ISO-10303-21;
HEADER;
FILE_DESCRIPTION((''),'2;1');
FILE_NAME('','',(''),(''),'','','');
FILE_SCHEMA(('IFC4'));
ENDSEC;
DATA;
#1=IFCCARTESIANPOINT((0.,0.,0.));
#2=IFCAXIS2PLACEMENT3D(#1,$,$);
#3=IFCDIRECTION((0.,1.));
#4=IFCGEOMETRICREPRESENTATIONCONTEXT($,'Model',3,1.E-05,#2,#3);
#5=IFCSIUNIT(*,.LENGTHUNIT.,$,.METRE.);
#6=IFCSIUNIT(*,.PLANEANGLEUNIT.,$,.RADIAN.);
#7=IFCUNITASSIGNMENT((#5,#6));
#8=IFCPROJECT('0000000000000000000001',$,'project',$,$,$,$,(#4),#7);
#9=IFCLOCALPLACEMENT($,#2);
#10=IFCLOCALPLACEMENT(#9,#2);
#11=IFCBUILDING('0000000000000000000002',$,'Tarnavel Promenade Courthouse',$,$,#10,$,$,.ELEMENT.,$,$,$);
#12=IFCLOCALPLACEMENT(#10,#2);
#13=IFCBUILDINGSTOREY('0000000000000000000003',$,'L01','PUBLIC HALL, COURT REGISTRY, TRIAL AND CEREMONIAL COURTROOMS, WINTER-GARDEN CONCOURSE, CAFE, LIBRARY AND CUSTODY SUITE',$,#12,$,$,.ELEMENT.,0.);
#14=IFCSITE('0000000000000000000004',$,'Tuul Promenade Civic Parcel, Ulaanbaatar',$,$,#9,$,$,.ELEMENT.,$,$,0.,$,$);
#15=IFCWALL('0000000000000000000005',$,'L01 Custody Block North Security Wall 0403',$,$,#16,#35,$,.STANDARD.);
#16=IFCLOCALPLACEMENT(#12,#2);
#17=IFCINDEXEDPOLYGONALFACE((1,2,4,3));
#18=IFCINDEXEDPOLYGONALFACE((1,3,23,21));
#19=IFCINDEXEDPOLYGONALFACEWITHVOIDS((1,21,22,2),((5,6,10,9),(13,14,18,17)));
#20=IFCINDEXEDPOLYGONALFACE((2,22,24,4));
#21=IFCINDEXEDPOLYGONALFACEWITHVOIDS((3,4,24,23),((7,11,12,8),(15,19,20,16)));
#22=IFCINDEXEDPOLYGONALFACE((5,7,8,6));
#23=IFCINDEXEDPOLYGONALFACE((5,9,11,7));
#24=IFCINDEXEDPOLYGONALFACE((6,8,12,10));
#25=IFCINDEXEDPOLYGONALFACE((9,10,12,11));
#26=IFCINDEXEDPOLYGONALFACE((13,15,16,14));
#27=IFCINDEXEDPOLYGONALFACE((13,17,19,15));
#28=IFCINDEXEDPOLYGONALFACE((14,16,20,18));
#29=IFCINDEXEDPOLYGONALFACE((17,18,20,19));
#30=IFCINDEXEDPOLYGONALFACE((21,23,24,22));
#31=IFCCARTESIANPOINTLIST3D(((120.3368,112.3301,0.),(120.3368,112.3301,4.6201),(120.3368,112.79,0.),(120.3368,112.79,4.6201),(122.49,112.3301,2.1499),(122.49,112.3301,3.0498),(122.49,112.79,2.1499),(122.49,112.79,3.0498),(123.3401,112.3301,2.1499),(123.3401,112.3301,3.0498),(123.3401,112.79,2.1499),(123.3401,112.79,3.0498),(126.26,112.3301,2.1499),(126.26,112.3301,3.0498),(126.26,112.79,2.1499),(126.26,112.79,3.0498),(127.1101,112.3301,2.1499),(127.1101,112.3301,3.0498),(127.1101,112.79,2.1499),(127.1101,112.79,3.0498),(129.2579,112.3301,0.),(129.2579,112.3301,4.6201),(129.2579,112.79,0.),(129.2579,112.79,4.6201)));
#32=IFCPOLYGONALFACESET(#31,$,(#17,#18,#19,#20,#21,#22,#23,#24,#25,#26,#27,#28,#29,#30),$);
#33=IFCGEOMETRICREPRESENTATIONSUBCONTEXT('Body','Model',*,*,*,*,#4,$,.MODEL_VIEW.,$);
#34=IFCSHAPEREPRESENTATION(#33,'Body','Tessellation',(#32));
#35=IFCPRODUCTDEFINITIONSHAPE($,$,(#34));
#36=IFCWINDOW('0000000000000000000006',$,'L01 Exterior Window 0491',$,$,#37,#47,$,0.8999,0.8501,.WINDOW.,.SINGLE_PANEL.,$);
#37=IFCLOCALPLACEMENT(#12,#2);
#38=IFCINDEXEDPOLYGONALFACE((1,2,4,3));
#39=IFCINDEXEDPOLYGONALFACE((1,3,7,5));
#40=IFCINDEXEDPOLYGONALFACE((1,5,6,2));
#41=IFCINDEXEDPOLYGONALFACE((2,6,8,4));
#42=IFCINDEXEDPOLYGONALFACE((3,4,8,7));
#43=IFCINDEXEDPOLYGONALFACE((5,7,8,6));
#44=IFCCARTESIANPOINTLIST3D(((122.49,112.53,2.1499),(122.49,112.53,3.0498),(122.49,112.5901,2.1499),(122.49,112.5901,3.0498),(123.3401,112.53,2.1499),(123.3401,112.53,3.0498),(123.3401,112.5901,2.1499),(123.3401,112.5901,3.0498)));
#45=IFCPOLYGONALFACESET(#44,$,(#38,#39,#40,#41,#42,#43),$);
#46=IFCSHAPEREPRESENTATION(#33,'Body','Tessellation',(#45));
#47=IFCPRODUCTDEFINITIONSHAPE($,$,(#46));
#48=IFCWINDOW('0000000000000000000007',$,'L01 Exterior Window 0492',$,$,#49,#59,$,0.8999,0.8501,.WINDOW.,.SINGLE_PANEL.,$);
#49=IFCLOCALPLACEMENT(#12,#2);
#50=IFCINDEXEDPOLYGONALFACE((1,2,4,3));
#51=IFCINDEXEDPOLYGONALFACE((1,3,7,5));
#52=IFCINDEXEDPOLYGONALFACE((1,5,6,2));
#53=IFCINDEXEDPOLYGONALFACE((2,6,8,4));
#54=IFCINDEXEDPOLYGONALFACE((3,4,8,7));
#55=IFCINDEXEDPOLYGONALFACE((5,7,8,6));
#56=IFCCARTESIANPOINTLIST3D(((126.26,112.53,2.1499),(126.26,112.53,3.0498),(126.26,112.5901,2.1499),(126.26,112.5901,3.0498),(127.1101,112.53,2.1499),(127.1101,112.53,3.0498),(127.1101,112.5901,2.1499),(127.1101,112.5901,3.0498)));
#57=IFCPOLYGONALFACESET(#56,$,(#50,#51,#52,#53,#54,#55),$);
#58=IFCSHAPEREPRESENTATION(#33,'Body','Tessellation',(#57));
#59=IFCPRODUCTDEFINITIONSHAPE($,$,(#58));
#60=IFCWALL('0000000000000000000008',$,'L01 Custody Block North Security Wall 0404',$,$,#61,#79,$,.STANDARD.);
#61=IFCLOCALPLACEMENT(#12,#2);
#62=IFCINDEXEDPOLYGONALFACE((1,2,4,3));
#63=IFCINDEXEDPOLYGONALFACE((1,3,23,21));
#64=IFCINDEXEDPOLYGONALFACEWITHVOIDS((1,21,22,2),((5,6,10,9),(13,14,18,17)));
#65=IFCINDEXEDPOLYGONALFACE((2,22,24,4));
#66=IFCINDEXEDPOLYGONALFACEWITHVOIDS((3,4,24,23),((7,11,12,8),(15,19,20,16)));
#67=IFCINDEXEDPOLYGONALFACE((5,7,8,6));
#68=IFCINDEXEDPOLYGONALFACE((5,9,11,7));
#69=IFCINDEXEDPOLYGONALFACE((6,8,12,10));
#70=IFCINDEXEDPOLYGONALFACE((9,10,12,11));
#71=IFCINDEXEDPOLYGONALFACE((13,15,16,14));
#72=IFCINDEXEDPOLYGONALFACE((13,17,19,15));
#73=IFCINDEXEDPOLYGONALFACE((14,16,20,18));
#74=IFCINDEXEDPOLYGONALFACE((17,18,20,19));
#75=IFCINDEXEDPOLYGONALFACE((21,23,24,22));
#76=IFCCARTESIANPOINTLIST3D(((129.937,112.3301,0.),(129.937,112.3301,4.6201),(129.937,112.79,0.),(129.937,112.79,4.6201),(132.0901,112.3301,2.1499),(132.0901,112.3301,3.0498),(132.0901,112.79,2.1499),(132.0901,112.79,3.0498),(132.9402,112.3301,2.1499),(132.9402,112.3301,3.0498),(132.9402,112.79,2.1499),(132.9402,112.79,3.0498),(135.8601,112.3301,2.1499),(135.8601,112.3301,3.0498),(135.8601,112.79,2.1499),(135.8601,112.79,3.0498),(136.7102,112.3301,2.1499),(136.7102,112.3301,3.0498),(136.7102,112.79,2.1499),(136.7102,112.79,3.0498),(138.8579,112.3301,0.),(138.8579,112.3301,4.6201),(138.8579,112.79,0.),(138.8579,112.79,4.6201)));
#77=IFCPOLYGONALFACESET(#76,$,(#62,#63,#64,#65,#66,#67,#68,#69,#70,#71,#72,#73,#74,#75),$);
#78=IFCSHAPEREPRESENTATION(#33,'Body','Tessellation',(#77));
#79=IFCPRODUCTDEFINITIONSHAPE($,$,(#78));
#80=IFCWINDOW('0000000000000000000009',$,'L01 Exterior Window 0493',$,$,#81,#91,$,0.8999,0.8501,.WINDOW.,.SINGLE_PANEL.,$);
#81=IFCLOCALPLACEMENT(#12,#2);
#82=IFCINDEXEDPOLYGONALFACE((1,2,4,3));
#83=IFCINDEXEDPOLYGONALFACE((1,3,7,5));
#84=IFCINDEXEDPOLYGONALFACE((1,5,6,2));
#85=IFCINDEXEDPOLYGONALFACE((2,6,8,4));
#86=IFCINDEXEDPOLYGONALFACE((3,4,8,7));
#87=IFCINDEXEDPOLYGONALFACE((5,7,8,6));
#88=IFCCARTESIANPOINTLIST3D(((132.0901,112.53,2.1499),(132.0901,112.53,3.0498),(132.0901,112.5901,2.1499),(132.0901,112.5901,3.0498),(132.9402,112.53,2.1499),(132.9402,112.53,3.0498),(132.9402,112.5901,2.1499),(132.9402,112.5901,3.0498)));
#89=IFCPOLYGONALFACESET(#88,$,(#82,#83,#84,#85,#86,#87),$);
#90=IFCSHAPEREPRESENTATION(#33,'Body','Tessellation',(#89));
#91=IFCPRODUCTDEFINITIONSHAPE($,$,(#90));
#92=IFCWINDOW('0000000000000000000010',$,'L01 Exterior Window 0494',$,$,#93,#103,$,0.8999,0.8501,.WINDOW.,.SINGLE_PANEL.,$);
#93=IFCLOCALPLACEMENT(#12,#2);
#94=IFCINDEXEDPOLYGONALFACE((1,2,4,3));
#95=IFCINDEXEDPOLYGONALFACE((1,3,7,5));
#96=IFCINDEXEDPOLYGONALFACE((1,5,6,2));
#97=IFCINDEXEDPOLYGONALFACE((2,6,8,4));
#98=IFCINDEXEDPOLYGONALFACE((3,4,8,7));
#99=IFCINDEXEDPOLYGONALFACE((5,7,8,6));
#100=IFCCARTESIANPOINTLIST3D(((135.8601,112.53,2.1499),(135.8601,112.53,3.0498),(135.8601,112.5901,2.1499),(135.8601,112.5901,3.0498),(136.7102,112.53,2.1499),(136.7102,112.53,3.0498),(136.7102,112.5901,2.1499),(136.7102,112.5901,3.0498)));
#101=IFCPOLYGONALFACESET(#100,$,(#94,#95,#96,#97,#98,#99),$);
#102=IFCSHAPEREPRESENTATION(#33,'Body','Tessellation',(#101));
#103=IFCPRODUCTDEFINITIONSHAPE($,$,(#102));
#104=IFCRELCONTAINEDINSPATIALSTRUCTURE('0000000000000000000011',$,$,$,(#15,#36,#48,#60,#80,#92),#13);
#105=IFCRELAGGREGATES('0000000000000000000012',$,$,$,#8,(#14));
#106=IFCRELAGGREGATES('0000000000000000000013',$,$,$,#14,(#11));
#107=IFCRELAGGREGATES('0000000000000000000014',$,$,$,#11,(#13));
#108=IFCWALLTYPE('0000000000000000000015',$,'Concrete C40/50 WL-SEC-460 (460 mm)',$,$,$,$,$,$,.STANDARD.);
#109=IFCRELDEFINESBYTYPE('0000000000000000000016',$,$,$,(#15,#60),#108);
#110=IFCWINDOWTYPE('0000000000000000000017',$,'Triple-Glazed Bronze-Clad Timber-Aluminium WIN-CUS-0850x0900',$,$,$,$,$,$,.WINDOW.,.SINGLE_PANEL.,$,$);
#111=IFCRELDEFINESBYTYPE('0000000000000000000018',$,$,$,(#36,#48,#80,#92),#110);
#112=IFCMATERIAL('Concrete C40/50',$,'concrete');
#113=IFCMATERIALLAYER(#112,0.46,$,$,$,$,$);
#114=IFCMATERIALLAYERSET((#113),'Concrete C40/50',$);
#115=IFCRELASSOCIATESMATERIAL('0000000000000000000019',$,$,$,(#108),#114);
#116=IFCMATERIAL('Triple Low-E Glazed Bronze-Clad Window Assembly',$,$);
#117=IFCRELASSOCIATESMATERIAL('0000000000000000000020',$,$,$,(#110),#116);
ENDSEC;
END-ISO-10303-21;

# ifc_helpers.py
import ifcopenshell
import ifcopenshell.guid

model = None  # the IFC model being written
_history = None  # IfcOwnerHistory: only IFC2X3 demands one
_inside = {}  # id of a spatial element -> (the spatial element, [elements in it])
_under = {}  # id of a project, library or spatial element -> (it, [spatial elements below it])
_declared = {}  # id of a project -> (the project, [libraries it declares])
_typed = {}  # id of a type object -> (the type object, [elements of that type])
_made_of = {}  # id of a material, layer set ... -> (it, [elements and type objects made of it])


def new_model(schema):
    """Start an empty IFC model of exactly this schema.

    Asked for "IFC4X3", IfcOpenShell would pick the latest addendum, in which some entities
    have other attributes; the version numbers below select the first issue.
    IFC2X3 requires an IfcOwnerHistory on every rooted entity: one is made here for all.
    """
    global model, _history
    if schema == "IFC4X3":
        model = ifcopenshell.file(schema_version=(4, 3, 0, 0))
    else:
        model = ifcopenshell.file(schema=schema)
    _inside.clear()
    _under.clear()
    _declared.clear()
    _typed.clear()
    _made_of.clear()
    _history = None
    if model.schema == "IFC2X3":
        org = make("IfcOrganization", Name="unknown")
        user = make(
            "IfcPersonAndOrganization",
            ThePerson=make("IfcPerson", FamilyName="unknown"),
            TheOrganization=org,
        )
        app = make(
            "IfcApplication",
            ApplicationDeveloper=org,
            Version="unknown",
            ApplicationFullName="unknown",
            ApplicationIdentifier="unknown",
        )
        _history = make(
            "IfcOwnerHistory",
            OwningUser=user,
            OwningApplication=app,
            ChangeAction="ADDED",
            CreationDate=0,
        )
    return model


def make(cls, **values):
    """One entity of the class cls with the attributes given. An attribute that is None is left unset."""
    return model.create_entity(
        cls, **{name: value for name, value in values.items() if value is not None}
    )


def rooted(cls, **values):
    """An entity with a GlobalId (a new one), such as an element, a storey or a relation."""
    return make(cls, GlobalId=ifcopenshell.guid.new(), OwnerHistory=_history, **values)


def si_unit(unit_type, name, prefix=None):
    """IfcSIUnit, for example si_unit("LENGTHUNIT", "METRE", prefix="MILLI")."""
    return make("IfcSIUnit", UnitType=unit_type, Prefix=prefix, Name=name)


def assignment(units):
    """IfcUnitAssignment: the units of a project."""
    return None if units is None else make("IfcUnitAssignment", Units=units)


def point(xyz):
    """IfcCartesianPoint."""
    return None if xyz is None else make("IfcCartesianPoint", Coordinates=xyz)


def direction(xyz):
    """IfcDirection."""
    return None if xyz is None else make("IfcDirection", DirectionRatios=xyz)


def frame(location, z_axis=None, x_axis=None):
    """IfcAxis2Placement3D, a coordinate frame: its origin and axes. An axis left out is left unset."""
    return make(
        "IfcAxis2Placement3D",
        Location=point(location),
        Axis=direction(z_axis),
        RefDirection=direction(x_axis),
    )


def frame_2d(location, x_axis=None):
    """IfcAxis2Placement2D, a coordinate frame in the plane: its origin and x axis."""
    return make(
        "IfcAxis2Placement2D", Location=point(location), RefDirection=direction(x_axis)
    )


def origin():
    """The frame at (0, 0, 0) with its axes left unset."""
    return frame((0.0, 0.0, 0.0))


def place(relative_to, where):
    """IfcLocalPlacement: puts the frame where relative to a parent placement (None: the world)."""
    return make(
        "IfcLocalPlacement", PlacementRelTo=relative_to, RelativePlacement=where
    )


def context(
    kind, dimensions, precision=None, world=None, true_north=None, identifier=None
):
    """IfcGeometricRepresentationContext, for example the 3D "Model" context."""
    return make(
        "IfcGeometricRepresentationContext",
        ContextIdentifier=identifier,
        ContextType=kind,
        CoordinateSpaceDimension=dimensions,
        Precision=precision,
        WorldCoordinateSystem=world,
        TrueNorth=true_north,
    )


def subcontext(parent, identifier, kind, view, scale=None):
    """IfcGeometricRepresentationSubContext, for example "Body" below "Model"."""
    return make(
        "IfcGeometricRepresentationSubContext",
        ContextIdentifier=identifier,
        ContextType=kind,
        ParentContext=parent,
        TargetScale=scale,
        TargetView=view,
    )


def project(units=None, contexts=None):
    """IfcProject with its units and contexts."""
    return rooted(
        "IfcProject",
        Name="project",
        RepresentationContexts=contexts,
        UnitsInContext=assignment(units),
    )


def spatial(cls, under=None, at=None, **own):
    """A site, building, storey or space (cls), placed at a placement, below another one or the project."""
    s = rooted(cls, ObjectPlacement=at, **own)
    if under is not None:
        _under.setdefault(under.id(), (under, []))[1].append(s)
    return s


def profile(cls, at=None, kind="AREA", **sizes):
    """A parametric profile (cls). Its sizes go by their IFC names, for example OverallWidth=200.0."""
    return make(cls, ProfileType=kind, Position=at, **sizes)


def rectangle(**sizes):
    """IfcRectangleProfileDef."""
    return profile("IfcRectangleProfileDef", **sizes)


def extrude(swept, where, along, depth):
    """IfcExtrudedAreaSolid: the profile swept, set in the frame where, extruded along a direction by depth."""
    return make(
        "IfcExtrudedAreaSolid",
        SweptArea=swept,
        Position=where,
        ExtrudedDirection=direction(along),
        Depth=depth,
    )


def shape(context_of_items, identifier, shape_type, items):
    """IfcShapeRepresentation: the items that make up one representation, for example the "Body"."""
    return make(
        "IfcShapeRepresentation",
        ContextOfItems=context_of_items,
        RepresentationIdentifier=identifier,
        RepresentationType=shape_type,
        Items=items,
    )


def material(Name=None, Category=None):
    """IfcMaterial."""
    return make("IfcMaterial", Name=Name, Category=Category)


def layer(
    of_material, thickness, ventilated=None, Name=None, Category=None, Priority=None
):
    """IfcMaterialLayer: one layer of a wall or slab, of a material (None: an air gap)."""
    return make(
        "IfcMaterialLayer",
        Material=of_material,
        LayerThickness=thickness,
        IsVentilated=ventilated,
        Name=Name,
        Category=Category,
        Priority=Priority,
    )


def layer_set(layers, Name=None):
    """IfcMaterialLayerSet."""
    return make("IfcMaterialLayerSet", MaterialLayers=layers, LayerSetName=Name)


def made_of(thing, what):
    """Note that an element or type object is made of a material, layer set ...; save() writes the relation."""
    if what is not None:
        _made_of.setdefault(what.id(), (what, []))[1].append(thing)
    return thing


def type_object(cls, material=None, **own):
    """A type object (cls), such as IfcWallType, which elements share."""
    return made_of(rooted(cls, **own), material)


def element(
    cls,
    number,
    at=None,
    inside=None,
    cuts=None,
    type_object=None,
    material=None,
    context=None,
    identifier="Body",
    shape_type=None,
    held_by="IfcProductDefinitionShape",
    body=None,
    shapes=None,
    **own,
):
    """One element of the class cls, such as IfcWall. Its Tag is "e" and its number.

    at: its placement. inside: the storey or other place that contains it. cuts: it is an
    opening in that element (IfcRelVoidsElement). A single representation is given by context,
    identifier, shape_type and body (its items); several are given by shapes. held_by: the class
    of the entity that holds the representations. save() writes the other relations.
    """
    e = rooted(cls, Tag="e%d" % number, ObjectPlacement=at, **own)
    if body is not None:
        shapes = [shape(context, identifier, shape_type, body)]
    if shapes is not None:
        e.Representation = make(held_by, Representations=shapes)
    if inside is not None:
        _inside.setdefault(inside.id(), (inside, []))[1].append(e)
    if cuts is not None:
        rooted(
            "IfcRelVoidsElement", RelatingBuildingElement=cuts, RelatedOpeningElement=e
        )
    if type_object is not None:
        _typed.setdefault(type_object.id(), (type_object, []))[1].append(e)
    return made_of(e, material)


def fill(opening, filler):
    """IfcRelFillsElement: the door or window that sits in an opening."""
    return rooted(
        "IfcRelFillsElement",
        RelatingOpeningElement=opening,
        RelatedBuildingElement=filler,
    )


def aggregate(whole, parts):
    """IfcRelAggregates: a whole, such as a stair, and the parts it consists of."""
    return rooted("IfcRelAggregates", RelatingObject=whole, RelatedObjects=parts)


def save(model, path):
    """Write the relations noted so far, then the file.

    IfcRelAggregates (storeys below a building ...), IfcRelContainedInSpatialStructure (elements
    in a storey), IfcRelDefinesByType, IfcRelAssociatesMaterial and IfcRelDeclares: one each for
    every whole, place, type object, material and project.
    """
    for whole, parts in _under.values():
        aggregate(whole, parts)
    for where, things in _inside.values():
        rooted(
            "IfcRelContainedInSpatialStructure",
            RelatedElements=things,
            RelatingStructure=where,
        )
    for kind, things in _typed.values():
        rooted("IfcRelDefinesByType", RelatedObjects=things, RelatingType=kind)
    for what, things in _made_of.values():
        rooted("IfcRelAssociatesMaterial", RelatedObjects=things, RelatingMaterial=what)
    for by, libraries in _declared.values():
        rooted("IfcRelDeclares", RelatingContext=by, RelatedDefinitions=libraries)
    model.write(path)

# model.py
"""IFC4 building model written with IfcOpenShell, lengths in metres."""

from ifc_helpers import new_model, si_unit, direction, frame, frame_2d, origin, place, context, subcontext, project, spatial, rectangle, extrude, material, layer, layer_set, type_object, element, fill, save


model = new_model("IFC4")

# Units and contexts
model_context = context("Model", 3, precision=1e-05, world=origin(), true_north=direction((0.0, 1.0)))
body_context = subcontext(model_context, "Body", "Model", "MODEL_VIEW")
ifc_project = project(units=[si_unit("LENGTHUNIT", "METRE"), si_unit("PLANEANGLEUNIT", "RADIAN")], contexts=[model_context])

# Site, building, storey
site_placement = place(None, origin())
site = spatial("IfcSite", under=ifc_project, at=site_placement, Name="Tuul Promenade Civic Parcel, Ulaanbaatar", CompositionType="ELEMENT", RefElevation=0.0)
building_placement = place(site_placement, origin())
building = spatial("IfcBuilding", under=site, at=building_placement, Name="Tarnavel Promenade Courthouse", CompositionType="ELEMENT")
storey_placement = place(building_placement, origin())
storey = spatial("IfcBuildingStorey", under=building, at=storey_placement, Name="L01", Description="PUBLIC HALL, COURT REGISTRY, TRIAL AND CEREMONIAL COURTROOMS, WINTER-GARDEN CONCOURSE, CAFE, LIBRARY AND CUSTODY SUITE", CompositionType="ELEMENT", Elevation=0.0)

# Shared definitions
ifc_material_1 = material(Name="Concrete C40/50", Category="concrete")

# Walls, openings, windows
ifc_layer = layer(ifc_material_1, 0.46)
ifc_layer_set = layer_set([ifc_layer], Name="Concrete C40/50")
wall_type = type_object("IfcWallType", Name="Concrete C40/50 WL-SEC-460 (460 mm)", PredefinedType="STANDARD", material=ifc_layer_set)
wall_1_placement = place(storey_placement, frame((120.3369, 112.5601, 0.0), z_axis=(0.0, 0.0, 1.0), x_axis=(1.0, 0.0, 0.0)))
wall_1 = element("IfcWall", 1, at=wall_1_placement, inside=storey, type_object=wall_type, Name="L01 Custody Block North Security Wall 0403", PredefinedType="STANDARD", context=body_context, shape_type="SweptSolid", body=[
    extrude(rectangle(XDim=8.9211, YDim=0.46, at=frame_2d((4.4604, 0.0))), origin(), (0.0, 0.0, 1.0), 4.6201),
])
opening_1_placement = place(wall_1_placement, frame((2.1531, 0.0, 2.1499)))
opening_1 = element("IfcOpeningElement", 2, at=opening_1_placement, cuts=wall_1, PredefinedType="OPENING", context=body_context, shape_type="SweptSolid", body=[
    extrude(rectangle(XDim=0.8501, YDim=0.8999, at=frame_2d((0.425, 0.45))), frame((0.0, 0.24, 0.0), z_axis=(0.0, -1.0, 0.0), x_axis=(1.0, 0.0, 0.0)), (0.0, 0.0, 1.0), 0.48),
])
opening_2_placement = place(wall_1_placement, frame((5.9231, 0.0, 2.1499)))
opening_2 = element("IfcOpeningElement", 3, at=opening_2_placement, cuts=wall_1, PredefinedType="OPENING", context=body_context, shape_type="SweptSolid", body=[
    extrude(rectangle(XDim=0.8501, YDim=0.8999, at=frame_2d((0.425, 0.45))), frame((0.0, 0.24, 0.0), z_axis=(0.0, -1.0, 0.0), x_axis=(1.0, 0.0, 0.0)), (0.0, 0.0, 1.0), 0.48),
])
ifc_material_2 = material(Name="Triple Low-E Glazed Bronze-Clad Window Assembly")
window_type = type_object("IfcWindowType", Name="Triple-Glazed Bronze-Clad Timber-Aluminium WIN-CUS-0850x0900", PartitioningType="SINGLE_PANEL", PredefinedType="WINDOW", material=ifc_material_2)
window_1_placement = place(opening_1_placement, origin())
window_1 = element("IfcWindow", 4, at=window_1_placement, inside=storey, type_object=window_type, Name="L01 Exterior Window 0491", OverallHeight=0.8999, OverallWidth=0.8501, PartitioningType="SINGLE_PANEL", PredefinedType="WINDOW", context=body_context, shape_type="SweptSolid", body=[
    extrude(rectangle(XDim=0.8501, YDim=0.8999, at=frame_2d((0.425, 0.45))), frame((0.0, 0.03, 0.0), z_axis=(0.0, -1.0, 0.0), x_axis=(1.0, 0.0, 0.0)), (0.0, 0.0, 1.0), 0.0601),
])
fill(opening_1, window_1)
window_2_placement = place(opening_2_placement, origin())
window_2 = element("IfcWindow", 5, at=window_2_placement, inside=storey, type_object=window_type, Name="L01 Exterior Window 0492", OverallHeight=0.8999, OverallWidth=0.8501, PartitioningType="SINGLE_PANEL", PredefinedType="WINDOW", context=body_context, shape_type="SweptSolid", body=[
    extrude(rectangle(XDim=0.8501, YDim=0.8999, at=frame_2d((0.425, 0.45))), frame((0.0, 0.03, 0.0), z_axis=(0.0, -1.0, 0.0), x_axis=(1.0, 0.0, 0.0)), (0.0, 0.0, 1.0), 0.0601),
])
fill(opening_2, window_2)
wall_2_placement = place(storey_placement, frame((129.937, 112.5601, 0.0), z_axis=(0.0, 0.0, 1.0), x_axis=(1.0, 0.0, 0.0)))
wall_2 = element("IfcWall", 6, at=wall_2_placement, inside=storey, type_object=wall_type, Name="L01 Custody Block North Security Wall 0404", PredefinedType="STANDARD", context=body_context, shape_type="SweptSolid", body=[
    extrude(rectangle(XDim=8.9209, YDim=0.46, at=frame_2d((4.4604, 0.0))), origin(), (0.0, 0.0, 1.0), 4.6201),
])
opening_3_placement = place(wall_2_placement, frame((2.1531, 0.0, 2.1499)))
opening_3 = element("IfcOpeningElement", 7, at=opening_3_placement, cuts=wall_2, PredefinedType="OPENING", context=body_context, shape_type="SweptSolid", body=[
    extrude(rectangle(XDim=0.8501, YDim=0.8999, at=frame_2d((0.425, 0.45))), frame((0.0, 0.24, 0.0), z_axis=(0.0, -1.0, 0.0), x_axis=(1.0, 0.0, 0.0)), (0.0, 0.0, 1.0), 0.48),
])
opening_4_placement = place(wall_2_placement, frame((5.9231, 0.0, 2.1499)))
opening_4 = element("IfcOpeningElement", 8, at=opening_4_placement, cuts=wall_2, PredefinedType="OPENING", context=body_context, shape_type="SweptSolid", body=[
    extrude(rectangle(XDim=0.8501, YDim=0.8999, at=frame_2d((0.425, 0.45))), frame((0.0, 0.24, 0.0), z_axis=(0.0, -1.0, 0.0), x_axis=(1.0, 0.0, 0.0)), (0.0, 0.0, 1.0), 0.48),
])
window_3_placement = place(opening_3_placement, origin())
window_3 = element("IfcWindow", 9, at=window_3_placement, inside=storey, type_object=window_type, Name="L01 Exterior Window 0493", OverallHeight=0.8999, OverallWidth=0.8501, PartitioningType="SINGLE_PANEL", PredefinedType="WINDOW", context=body_context, shape_type="SweptSolid", body=[
    extrude(rectangle(XDim=0.8501, YDim=0.8999, at=frame_2d((0.425, 0.45))), frame((0.0, 0.03, 0.0), z_axis=(0.0, -1.0, 0.0), x_axis=(1.0, 0.0, 0.0)), (0.0, 0.0, 1.0), 0.0601),
])
fill(opening_3, window_3)
window_4_placement = place(opening_4_placement, origin())
window_4 = element("IfcWindow", 10, at=window_4_placement, inside=storey, type_object=window_type, Name="L01 Exterior Window 0494", OverallHeight=0.8999, OverallWidth=0.8501, PartitioningType="SINGLE_PANEL", PredefinedType="WINDOW", context=body_context, shape_type="SweptSolid", body=[
    extrude(rectangle(XDim=0.8501, YDim=0.8999, at=frame_2d((0.425, 0.45))), frame((0.0, 0.03, 0.0), z_axis=(0.0, -1.0, 0.0), x_axis=(1.0, 0.0, 0.0)), (0.0, 0.0, 1.0), 0.0601),
])
fill(opening_4, window_4)

save(model, "model.ifc")
